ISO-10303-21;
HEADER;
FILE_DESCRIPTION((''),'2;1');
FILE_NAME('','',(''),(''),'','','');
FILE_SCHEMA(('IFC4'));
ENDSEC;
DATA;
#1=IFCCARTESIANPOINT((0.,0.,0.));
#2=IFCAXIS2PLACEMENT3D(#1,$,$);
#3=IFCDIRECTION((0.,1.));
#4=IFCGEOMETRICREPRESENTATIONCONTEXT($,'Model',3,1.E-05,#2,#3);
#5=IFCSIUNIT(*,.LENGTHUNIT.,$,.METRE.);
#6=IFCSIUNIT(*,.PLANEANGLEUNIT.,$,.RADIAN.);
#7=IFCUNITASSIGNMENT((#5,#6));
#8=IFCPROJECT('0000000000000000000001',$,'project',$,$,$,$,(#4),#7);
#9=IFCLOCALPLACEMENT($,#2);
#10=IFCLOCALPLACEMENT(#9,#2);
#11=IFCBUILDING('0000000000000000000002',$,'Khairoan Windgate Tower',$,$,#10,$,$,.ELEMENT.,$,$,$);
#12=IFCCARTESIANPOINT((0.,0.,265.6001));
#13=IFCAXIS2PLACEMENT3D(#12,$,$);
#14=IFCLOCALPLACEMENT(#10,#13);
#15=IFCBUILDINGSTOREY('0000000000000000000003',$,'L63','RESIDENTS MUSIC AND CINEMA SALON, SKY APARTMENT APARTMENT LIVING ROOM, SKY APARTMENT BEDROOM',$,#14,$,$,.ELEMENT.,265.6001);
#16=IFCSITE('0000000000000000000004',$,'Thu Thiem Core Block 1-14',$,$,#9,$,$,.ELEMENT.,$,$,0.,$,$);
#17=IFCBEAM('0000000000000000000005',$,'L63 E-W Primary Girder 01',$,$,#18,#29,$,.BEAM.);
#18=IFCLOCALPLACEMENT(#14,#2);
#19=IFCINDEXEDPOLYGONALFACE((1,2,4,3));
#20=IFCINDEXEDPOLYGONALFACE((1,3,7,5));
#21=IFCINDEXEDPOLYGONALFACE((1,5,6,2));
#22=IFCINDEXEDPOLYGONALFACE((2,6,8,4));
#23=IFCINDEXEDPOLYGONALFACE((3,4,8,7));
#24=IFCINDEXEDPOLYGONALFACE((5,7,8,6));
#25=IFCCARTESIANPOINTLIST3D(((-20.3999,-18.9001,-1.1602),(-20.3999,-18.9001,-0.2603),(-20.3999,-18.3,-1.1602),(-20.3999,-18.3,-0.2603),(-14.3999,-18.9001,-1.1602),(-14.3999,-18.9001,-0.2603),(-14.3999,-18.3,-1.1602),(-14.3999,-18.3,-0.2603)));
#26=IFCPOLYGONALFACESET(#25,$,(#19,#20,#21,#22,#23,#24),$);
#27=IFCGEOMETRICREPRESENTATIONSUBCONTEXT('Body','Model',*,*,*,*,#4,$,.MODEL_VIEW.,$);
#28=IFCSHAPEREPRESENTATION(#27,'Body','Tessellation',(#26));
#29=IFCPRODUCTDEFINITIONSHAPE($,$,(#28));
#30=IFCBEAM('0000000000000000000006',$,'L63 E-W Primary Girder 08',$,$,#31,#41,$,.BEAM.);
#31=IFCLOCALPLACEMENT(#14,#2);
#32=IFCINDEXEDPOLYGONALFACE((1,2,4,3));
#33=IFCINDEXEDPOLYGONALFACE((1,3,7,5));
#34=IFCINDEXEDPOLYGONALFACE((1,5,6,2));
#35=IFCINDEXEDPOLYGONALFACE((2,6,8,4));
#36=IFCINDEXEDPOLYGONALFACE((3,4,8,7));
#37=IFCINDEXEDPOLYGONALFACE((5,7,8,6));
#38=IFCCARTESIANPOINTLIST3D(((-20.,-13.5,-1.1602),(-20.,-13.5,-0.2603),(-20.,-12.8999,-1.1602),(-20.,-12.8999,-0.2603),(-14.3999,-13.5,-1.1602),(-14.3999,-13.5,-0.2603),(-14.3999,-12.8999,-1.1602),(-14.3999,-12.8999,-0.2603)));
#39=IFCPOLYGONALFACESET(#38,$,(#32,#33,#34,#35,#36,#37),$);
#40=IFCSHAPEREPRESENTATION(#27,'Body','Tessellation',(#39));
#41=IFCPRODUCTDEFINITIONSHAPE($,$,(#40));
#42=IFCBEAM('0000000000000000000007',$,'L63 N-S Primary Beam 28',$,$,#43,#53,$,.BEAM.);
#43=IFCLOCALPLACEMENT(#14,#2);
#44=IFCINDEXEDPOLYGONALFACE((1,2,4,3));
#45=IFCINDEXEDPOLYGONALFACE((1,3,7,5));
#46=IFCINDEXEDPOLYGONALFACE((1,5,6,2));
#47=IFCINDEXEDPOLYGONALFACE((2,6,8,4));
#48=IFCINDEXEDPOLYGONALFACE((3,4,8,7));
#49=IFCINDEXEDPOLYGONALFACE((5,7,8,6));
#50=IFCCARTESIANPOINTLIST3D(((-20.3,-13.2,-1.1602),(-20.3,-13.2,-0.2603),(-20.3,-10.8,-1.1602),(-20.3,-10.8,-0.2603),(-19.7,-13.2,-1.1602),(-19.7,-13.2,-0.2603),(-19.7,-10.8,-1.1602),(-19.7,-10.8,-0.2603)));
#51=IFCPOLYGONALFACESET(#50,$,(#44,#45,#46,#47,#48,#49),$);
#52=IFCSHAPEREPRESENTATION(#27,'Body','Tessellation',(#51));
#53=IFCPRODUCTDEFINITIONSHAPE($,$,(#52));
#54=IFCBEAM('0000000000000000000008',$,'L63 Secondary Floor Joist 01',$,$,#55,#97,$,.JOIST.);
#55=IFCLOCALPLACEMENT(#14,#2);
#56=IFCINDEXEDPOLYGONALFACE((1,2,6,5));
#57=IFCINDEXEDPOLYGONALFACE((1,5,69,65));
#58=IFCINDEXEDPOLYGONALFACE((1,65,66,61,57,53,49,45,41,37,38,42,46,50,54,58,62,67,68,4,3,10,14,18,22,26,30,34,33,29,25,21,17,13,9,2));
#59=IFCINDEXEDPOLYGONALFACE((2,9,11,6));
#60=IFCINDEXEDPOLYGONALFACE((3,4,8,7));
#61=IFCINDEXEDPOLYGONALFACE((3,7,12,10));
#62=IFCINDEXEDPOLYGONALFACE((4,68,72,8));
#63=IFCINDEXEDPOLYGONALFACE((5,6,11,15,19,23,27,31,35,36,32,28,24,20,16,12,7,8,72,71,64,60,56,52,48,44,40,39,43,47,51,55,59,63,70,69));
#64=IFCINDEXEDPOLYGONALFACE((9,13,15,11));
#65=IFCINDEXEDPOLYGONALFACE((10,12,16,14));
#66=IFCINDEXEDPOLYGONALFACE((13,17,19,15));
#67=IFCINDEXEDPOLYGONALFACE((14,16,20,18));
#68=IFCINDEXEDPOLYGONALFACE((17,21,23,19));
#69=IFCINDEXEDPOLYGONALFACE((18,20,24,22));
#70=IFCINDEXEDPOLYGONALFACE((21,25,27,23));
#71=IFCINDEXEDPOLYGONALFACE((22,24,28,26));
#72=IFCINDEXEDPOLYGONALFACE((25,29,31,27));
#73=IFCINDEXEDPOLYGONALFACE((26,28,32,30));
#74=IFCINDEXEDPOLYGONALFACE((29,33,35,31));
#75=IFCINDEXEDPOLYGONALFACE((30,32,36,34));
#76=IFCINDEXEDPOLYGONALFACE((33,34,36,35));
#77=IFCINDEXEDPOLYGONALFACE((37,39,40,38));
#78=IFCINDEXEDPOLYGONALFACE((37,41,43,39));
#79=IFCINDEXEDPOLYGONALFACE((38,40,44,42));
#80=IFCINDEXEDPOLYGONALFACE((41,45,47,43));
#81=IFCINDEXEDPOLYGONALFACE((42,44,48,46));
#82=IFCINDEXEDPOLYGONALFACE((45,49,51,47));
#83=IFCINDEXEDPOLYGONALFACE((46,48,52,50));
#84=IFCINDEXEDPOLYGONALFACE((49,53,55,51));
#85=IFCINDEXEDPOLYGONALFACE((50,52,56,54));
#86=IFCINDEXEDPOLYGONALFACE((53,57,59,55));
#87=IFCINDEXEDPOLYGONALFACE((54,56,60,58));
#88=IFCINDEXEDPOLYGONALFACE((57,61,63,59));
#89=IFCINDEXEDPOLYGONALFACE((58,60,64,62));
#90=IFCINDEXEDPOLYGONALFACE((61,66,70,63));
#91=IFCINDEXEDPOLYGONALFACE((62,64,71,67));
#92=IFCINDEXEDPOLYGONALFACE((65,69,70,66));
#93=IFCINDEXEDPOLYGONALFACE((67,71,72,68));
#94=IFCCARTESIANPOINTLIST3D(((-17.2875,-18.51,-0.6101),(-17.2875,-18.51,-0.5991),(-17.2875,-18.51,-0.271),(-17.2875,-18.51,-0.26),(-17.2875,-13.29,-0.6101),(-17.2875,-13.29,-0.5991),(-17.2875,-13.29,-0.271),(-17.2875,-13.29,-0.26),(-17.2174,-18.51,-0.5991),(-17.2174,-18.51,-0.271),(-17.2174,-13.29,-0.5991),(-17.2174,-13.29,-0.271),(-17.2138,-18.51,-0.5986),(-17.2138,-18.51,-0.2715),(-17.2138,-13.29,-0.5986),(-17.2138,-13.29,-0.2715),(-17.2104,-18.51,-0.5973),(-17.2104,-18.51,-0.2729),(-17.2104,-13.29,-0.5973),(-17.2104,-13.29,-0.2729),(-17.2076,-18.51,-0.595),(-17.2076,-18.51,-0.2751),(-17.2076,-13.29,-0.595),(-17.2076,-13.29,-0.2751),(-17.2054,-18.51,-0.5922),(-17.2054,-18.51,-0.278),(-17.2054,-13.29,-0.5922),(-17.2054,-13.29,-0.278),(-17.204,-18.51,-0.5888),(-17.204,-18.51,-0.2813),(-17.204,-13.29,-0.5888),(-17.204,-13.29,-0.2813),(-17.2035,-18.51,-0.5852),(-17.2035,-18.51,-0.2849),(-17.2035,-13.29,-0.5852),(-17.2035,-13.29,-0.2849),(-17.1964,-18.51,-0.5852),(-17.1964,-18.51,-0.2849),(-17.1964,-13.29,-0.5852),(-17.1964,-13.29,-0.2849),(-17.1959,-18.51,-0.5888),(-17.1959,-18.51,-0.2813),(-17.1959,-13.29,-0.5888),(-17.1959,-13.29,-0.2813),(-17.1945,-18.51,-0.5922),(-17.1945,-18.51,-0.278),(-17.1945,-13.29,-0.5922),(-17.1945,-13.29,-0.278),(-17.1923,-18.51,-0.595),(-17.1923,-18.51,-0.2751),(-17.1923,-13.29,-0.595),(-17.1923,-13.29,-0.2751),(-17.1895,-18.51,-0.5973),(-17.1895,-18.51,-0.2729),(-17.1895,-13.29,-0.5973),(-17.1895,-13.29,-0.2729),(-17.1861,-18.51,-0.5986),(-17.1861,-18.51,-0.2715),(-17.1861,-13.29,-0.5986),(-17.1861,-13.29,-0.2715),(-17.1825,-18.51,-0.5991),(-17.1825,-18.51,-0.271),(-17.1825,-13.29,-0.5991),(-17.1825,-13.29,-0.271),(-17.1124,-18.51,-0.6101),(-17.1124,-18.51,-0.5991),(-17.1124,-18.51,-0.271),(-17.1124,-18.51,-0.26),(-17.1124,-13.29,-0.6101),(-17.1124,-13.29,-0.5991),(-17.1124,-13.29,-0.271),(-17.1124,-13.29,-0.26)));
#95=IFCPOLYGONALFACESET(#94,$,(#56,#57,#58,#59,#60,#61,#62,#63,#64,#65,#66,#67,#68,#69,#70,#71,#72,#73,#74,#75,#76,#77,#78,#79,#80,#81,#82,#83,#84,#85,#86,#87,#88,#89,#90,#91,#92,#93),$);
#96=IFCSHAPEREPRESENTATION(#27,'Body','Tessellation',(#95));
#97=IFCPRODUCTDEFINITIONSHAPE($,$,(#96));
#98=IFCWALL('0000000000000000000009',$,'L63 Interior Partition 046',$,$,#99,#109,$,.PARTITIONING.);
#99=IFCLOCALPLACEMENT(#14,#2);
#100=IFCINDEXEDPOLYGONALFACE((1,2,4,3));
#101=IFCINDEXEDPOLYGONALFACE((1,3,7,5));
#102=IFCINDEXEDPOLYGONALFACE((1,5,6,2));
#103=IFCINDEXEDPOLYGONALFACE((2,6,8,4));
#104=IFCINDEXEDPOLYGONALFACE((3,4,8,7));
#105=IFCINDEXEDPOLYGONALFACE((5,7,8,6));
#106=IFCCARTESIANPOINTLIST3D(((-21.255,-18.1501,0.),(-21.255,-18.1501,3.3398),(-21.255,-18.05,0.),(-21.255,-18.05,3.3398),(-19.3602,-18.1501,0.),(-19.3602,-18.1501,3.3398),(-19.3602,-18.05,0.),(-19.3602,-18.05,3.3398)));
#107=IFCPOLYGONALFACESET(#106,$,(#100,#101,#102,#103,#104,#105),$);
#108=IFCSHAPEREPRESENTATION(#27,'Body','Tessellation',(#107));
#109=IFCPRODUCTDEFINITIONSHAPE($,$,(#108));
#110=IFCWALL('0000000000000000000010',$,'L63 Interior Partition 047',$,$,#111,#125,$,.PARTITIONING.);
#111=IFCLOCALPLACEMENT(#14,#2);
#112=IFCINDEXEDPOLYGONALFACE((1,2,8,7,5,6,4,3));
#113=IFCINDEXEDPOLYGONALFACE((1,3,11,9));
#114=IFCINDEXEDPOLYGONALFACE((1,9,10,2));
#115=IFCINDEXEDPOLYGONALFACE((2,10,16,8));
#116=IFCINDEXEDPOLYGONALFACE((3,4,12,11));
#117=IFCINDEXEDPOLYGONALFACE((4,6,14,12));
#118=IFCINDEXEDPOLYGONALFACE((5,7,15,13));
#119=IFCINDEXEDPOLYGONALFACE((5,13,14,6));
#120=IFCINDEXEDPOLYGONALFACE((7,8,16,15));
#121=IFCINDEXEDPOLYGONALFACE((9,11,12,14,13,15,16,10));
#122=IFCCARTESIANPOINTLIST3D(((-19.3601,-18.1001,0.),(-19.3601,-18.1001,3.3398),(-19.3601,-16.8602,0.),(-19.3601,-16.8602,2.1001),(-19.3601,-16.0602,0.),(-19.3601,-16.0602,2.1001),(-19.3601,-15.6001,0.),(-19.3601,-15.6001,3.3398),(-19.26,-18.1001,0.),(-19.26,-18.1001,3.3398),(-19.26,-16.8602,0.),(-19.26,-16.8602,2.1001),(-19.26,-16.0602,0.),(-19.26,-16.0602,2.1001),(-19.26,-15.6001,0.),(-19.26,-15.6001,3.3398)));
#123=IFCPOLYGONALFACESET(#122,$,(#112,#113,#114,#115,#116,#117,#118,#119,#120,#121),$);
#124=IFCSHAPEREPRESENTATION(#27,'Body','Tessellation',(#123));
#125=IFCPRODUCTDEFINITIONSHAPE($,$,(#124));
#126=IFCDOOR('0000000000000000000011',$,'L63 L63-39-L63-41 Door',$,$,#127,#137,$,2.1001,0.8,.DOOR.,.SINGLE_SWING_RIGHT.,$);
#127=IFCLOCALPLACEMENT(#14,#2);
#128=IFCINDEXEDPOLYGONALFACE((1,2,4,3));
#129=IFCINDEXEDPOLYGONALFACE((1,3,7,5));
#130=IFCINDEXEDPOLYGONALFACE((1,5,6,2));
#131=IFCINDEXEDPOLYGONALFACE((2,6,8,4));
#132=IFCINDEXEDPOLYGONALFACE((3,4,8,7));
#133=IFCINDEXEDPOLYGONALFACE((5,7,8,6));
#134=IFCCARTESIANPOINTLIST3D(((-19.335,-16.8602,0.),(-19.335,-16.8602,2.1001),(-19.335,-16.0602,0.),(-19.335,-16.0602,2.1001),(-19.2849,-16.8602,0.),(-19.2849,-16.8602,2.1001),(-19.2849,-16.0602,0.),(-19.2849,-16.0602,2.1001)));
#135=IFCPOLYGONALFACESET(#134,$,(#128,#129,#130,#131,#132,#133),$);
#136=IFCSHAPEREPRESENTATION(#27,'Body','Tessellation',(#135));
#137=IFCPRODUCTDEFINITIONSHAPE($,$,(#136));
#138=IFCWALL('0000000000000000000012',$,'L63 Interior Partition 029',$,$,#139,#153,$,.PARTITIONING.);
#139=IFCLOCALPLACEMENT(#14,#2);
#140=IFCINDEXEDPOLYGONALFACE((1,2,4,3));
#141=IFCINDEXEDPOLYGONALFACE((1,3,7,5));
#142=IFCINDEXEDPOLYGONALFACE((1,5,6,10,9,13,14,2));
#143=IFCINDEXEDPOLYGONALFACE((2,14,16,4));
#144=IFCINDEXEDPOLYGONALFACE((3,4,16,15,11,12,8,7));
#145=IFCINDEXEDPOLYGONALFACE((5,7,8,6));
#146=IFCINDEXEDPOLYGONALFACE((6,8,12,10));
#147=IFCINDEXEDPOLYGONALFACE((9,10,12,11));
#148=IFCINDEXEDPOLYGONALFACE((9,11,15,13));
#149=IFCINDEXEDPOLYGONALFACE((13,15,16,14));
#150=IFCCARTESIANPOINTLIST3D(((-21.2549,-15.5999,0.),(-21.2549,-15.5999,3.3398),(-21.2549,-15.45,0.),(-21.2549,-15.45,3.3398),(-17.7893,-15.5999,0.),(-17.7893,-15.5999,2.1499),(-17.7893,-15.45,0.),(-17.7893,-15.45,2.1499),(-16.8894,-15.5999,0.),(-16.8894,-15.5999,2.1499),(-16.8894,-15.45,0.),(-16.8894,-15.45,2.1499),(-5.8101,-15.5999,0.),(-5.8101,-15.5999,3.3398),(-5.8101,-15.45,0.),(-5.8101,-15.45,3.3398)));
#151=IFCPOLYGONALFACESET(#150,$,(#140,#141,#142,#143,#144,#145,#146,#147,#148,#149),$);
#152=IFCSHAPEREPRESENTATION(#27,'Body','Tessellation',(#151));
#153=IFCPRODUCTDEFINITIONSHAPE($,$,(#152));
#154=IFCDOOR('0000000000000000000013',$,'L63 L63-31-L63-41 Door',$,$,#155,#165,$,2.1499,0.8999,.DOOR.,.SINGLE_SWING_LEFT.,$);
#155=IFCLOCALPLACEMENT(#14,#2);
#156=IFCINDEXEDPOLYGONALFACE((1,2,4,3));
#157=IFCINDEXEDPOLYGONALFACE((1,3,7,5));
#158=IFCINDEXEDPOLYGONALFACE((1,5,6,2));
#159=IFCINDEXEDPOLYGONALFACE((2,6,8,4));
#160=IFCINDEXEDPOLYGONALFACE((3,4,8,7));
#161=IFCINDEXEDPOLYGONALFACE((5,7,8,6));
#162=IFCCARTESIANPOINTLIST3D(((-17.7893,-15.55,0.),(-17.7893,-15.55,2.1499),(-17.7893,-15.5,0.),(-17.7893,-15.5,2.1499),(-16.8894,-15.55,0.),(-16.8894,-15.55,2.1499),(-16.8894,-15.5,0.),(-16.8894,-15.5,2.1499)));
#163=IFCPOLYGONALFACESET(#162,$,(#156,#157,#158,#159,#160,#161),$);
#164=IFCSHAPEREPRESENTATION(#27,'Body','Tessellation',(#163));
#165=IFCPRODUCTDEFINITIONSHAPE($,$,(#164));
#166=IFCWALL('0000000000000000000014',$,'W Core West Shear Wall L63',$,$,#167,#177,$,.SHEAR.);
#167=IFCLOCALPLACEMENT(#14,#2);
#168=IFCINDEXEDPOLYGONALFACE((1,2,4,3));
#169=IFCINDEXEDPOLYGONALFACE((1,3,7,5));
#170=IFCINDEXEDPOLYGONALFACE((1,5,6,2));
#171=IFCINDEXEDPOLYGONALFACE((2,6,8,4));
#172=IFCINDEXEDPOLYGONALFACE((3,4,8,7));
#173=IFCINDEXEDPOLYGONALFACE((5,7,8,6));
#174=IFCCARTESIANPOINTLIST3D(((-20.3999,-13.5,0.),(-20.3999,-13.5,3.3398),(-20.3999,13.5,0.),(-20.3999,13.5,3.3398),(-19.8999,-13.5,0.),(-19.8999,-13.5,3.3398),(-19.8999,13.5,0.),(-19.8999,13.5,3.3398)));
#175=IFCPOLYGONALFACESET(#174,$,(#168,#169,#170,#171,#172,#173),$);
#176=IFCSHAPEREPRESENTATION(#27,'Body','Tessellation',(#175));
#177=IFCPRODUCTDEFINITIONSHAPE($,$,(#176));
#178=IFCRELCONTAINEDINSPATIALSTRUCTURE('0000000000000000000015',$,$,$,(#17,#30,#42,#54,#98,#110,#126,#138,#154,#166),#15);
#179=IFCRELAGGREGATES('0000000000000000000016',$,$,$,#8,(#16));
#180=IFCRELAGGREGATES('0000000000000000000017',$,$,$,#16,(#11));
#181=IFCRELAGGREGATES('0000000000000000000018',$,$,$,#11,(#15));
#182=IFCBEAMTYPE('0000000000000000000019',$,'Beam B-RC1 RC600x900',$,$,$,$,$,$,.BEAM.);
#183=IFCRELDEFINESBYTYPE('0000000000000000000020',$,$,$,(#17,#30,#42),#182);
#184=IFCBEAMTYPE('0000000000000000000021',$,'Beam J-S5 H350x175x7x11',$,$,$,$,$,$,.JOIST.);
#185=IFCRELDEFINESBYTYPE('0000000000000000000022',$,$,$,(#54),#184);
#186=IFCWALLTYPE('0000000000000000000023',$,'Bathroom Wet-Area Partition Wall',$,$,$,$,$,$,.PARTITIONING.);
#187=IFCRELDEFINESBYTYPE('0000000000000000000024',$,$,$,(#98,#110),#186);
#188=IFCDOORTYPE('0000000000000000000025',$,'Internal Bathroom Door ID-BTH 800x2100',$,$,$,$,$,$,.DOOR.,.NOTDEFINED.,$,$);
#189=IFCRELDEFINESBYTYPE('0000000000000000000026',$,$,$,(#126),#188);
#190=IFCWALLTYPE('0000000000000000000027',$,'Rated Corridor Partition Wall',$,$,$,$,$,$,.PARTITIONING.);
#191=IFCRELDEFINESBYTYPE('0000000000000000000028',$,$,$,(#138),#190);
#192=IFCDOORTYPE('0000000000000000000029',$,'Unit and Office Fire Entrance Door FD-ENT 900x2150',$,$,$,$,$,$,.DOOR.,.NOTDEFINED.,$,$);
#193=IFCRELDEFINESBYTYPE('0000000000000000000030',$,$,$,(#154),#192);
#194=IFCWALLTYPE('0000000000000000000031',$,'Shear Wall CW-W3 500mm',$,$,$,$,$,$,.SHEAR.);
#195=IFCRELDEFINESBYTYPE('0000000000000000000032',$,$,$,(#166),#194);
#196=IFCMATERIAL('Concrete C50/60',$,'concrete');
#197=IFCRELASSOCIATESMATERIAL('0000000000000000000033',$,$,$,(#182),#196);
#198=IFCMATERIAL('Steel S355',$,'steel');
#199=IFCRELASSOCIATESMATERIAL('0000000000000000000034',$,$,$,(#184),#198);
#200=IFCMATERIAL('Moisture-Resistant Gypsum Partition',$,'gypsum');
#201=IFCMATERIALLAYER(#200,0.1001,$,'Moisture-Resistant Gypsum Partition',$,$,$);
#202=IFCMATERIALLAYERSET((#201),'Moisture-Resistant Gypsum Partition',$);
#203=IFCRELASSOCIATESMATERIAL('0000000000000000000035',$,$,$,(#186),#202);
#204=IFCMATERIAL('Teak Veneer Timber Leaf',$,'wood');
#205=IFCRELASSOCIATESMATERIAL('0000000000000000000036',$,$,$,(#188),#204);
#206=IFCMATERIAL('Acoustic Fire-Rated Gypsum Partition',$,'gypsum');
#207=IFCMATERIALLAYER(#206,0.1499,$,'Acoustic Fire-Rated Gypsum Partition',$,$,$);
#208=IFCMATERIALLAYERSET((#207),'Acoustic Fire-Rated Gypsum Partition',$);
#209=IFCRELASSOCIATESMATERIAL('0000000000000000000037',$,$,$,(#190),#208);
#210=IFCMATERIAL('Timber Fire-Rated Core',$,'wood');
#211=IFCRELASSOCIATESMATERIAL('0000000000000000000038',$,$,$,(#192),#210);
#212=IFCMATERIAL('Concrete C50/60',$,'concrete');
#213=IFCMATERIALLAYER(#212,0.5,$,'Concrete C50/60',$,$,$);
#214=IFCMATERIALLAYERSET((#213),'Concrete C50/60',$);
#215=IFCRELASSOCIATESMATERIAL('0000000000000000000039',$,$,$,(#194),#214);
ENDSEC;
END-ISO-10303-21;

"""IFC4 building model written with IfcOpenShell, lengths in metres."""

from ifc_helpers import new_model, si_unit, direction, frame, frame_2d, origin, origin_2d, place, context, subcontext, project, spatial, rectangle, i_section, extrude, material, layer, layer_set, material_profile, profile_set, type_object, element, fill, save


model = new_model("IFC4")

# Units and contexts
model_context = context("Model", 3, precision=1e-05, world=origin(), true_north=direction((0.0, 1.0)))
body_context = subcontext(model_context, "Body", "Model", "MODEL_VIEW")
ifc_project = project(units=[si_unit("LENGTHUNIT", "METRE"), si_unit("PLANEANGLEUNIT", "RADIAN")], contexts=[model_context])

# Site, building, storey
site_placement = place(None, origin())
site = spatial("IfcSite", under=ifc_project, at=site_placement, Name="Thu Thiem Core Block 1-14", CompositionType="ELEMENT", RefElevation=0.0)
building_placement = place(site_placement, origin())
building = spatial("IfcBuilding", under=site, at=building_placement, Name="Khairoan Windgate Tower", CompositionType="ELEMENT")
storey_placement = place(building_placement, frame((0.0, 0.0, 265.6001)))
storey = spatial("IfcBuildingStorey", under=building, at=storey_placement, Name="L63", Description="RESIDENTS MUSIC AND CINEMA SALON, SKY APARTMENT APARTMENT LIVING ROOM, SKY APARTMENT BEDROOM", CompositionType="ELEMENT", Elevation=265.6001)

# Beams
ifc_material_1 = material(Name="Concrete C50/60", Category="concrete")
ifc_material_profile_1 = material_profile(ifc_material_1, rectangle(XDim=0.6001, YDim=0.8999, at=origin_2d()))
ifc_profile_set_1 = profile_set([ifc_material_profile_1], Name="Concrete C50/60")
beam_type_1 = type_object("IfcBeamType", Name="Beam B-RC1 RC600x900", PredefinedType="BEAM", material=ifc_profile_set_1)
beam_1_placement = place(storey_placement, frame((-20.3999, -18.6001, -0.7102), z_axis=(1.0, 0.0, 0.0), x_axis=(0.0, 1.0, 0.0)))
element("IfcBeam", 1, at=beam_1_placement, inside=storey, type_object=beam_type_1, Name="L63 E-W Primary Girder 01", PredefinedType="BEAM", context=body_context, shape_type="SweptSolid", body=[
    extrude(rectangle(XDim=0.6001, YDim=0.8999, at=origin_2d()), origin(), (0.0, 0.0, 1.0), 6.0),
])
beam_2_placement = place(storey_placement, frame((-20.0, -13.2, -0.7102), z_axis=(1.0, 0.0, 0.0), x_axis=(0.0, 1.0, 0.0)))
element("IfcBeam", 2, at=beam_2_placement, inside=storey, type_object=beam_type_1, Name="L63 E-W Primary Girder 08", PredefinedType="BEAM", context=body_context, shape_type="SweptSolid", body=[
    extrude(rectangle(XDim=0.6001, YDim=0.8999, at=origin_2d()), origin(), (0.0, 0.0, 1.0), 5.6001),
])
beam_3_placement = place(storey_placement, frame((-20.0, -13.2, -0.7102), z_axis=(0.0, 1.0, 0.0), x_axis=(-1.0, 0.0, 0.0)))
element("IfcBeam", 3, at=beam_3_placement, inside=storey, type_object=beam_type_1, Name="L63 N-S Primary Beam 28", PredefinedType="BEAM", context=body_context, shape_type="SweptSolid", body=[
    extrude(rectangle(XDim=0.6001, YDim=0.8999, at=origin_2d()), origin(), (0.0, 0.0, 1.0), 2.3999),
])
ifc_material_2 = material(Name="Steel S355", Category="steel")
ifc_material_profile_2 = material_profile(ifc_material_2, i_section(OverallWidth=0.175, OverallDepth=0.3501, WebThickness=0.0071, FlangeThickness=0.011, FilletRadius=0.0139, at=origin_2d()))
ifc_profile_set_2 = profile_set([ifc_material_profile_2], Name="Steel S355")
beam_type_2 = type_object("IfcBeamType", Name="Beam J-S5 H350x175x7x11", PredefinedType="JOIST", material=ifc_profile_set_2)
beam_4_placement = place(storey_placement, frame((-17.2, -18.51, -0.4351), z_axis=(0.0, 1.0, 0.0), x_axis=(-1.0, 0.0, 0.0)))
element("IfcBeam", 4, at=beam_4_placement, inside=storey, type_object=beam_type_2, Name="L63 Secondary Floor Joist 01", PredefinedType="JOIST", context=body_context, shape_type="SweptSolid", body=[
    extrude(i_section(OverallWidth=0.175, OverallDepth=0.3501, WebThickness=0.0071, FlangeThickness=0.011, FilletRadius=0.0139, at=origin_2d()), origin(), (0.0, 0.0, 1.0), 5.22),
])

# Wall
ifc_material_3 = material(Name="Moisture-Resistant Gypsum Partition", Category="gypsum")
ifc_layer_1 = layer(ifc_material_3, 0.1001, Name="Moisture-Resistant Gypsum Partition")
ifc_layer_set_1 = layer_set([ifc_layer_1], Name="Moisture-Resistant Gypsum Partition")
wall_type_1 = type_object("IfcWallType", Name="Bathroom Wet-Area Partition Wall", PredefinedType="PARTITIONING", material=ifc_layer_set_1)
wall_1_placement = place(storey_placement, frame((-21.2549, -18.1001, 0.0), z_axis=(0.0, 0.0, 1.0), x_axis=(1.0, 0.0, 0.0)))
element("IfcWall", 5, at=wall_1_placement, inside=storey, type_object=wall_type_1, Name="L63 Interior Partition 046", PredefinedType="PARTITIONING", context=body_context, shape_type="SweptSolid", body=[
    extrude(rectangle(XDim=1.8948, YDim=0.1001, at=frame_2d((0.9473, 0.0))), origin(), (0.0, 0.0, 1.0), 3.3398),
])

# Walls, openings, doors
wall_2_placement = place(storey_placement, frame((-19.3101, -18.1001, 0.0), z_axis=(0.0, 0.0, 1.0), x_axis=(0.0, 1.0, 0.0)))
wall_2 = element("IfcWall", 6, at=wall_2_placement, inside=storey, type_object=wall_type_1, Name="L63 Interior Partition 047", PredefinedType="PARTITIONING", context=body_context, shape_type="SweptSolid", body=[
    extrude(rectangle(XDim=2.5, YDim=0.1001, at=frame_2d((1.25, 0.0))), origin(), (0.0, 0.0, 1.0), 3.3398),
])
opening_1_placement = place(wall_2_placement, frame((1.24, 0.0, 0.0)))
opening_1 = element("IfcOpeningElement", 7, at=opening_1_placement, cuts=wall_2, PredefinedType="OPENING", context=body_context, shape_type="SweptSolid", body=[
    extrude(rectangle(XDim=0.8, YDim=2.1001, at=frame_2d((0.3999, 1.05))), frame((0.0, 0.0601, 0.0), z_axis=(0.0, -1.0, 0.0), x_axis=(1.0, 0.0, 0.0)), (0.0, 0.0, 1.0), 0.1201),
])
ifc_material_4 = material(Name="Teak Veneer Timber Leaf", Category="wood")
door_type_1 = type_object("IfcDoorType", Name="Internal Bathroom Door ID-BTH 800x2100", OperationType="NOTDEFINED", PredefinedType="DOOR", material=ifc_material_4)
door_1_placement = place(opening_1_placement, origin())
door_1 = element("IfcDoor", 8, at=door_1_placement, inside=storey, type_object=door_type_1, Name="L63 L63-39-L63-41 Door", OperationType="SINGLE_SWING_RIGHT", OverallHeight=2.1001, OverallWidth=0.8, PredefinedType="DOOR", context=body_context, shape_type="SweptSolid", body=[
    extrude(rectangle(XDim=0.8, YDim=2.1001, at=frame_2d((0.3999, 1.05))), frame((0.0, 0.0249, 0.0), z_axis=(0.0, -1.0, 0.0), x_axis=(1.0, 0.0, 0.0)), (0.0, 0.0, 1.0), 0.05),
])
fill(opening_1, door_1)
ifc_material_5 = material(Name="Acoustic Fire-Rated Gypsum Partition", Category="gypsum")
ifc_layer_2 = layer(ifc_material_5, 0.1499, Name="Acoustic Fire-Rated Gypsum Partition")
ifc_layer_set_2 = layer_set([ifc_layer_2], Name="Acoustic Fire-Rated Gypsum Partition")
wall_type_2 = type_object("IfcWallType", Name="Rated Corridor Partition Wall", PredefinedType="PARTITIONING", material=ifc_layer_set_2)
wall_3_placement = place(storey_placement, frame((-21.2549, -15.5249, 0.0), z_axis=(0.0, 0.0, 1.0), x_axis=(1.0, 0.0, 0.0)))
wall_3 = element("IfcWall", 9, at=wall_3_placement, inside=storey, type_object=wall_type_2, Name="L63 Interior Partition 029", PredefinedType="PARTITIONING", context=body_context, shape_type="SweptSolid", body=[
    extrude(rectangle(XDim=15.4448, YDim=0.1499, at=frame_2d((7.7224, 0.0))), origin(), (0.0, 0.0, 1.0), 3.3398),
])
opening_2_placement = place(wall_3_placement, frame((3.4656, 0.0, 0.0)))
opening_2 = element("IfcOpeningElement", 10, at=opening_2_placement, cuts=wall_3, PredefinedType="OPENING", context=body_context, shape_type="SweptSolid", body=[
    extrude(rectangle(XDim=0.8999, YDim=2.1499, at=frame_2d((0.45, 1.075))), frame((0.0, 0.085, 0.0), z_axis=(0.0, -1.0, 0.0), x_axis=(1.0, 0.0, 0.0)), (0.0, 0.0, 1.0), 0.1699),
])
ifc_material_6 = material(Name="Timber Fire-Rated Core", Category="wood")
door_type_2 = type_object("IfcDoorType", Name="Unit and Office Fire Entrance Door FD-ENT 900x2150", OperationType="NOTDEFINED", PredefinedType="DOOR", material=ifc_material_6)
door_2_placement = place(opening_2_placement, origin())
door_2 = element("IfcDoor", 11, at=door_2_placement, inside=storey, type_object=door_type_2, Name="L63 L63-31-L63-41 Door", OperationType="SINGLE_SWING_LEFT", OverallHeight=2.1499, OverallWidth=0.8999, PredefinedType="DOOR", context=body_context, shape_type="SweptSolid", body=[
    extrude(rectangle(XDim=0.8999, YDim=2.1499, at=frame_2d((0.45, 1.075))), frame((0.0, 0.0249, 0.0), z_axis=(0.0, -1.0, 0.0), x_axis=(1.0, 0.0, 0.0)), (0.0, 0.0, 1.0), 0.05),
])
fill(opening_2, door_2)

# Wall
ifc_material_7 = material(Name="Concrete C50/60", Category="concrete")
ifc_layer_3 = layer(ifc_material_7, 0.5, Name="Concrete C50/60")
ifc_layer_set_3 = layer_set([ifc_layer_3], Name="Concrete C50/60")
wall_type_3 = type_object("IfcWallType", Name="Shear Wall CW-W3 500mm", PredefinedType="SHEAR", material=ifc_layer_set_3)
wall_4_placement = place(storey_placement, frame((-20.1499, -13.5, 0.0), z_axis=(0.0, 0.0, 1.0), x_axis=(0.0, 1.0, 0.0)))
element("IfcWall", 12, at=wall_4_placement, inside=storey, type_object=wall_type_3, Name="W Core West Shear Wall L63", PredefinedType="SHEAR", context=body_context, shape_type="SweptSolid", body=[
    extrude(rectangle(XDim=27.0, YDim=0.5, at=frame_2d((13.5, 0.0))), origin(), (0.0, 0.0, 1.0), 3.3398),
])

save(model, "model.ifc")
